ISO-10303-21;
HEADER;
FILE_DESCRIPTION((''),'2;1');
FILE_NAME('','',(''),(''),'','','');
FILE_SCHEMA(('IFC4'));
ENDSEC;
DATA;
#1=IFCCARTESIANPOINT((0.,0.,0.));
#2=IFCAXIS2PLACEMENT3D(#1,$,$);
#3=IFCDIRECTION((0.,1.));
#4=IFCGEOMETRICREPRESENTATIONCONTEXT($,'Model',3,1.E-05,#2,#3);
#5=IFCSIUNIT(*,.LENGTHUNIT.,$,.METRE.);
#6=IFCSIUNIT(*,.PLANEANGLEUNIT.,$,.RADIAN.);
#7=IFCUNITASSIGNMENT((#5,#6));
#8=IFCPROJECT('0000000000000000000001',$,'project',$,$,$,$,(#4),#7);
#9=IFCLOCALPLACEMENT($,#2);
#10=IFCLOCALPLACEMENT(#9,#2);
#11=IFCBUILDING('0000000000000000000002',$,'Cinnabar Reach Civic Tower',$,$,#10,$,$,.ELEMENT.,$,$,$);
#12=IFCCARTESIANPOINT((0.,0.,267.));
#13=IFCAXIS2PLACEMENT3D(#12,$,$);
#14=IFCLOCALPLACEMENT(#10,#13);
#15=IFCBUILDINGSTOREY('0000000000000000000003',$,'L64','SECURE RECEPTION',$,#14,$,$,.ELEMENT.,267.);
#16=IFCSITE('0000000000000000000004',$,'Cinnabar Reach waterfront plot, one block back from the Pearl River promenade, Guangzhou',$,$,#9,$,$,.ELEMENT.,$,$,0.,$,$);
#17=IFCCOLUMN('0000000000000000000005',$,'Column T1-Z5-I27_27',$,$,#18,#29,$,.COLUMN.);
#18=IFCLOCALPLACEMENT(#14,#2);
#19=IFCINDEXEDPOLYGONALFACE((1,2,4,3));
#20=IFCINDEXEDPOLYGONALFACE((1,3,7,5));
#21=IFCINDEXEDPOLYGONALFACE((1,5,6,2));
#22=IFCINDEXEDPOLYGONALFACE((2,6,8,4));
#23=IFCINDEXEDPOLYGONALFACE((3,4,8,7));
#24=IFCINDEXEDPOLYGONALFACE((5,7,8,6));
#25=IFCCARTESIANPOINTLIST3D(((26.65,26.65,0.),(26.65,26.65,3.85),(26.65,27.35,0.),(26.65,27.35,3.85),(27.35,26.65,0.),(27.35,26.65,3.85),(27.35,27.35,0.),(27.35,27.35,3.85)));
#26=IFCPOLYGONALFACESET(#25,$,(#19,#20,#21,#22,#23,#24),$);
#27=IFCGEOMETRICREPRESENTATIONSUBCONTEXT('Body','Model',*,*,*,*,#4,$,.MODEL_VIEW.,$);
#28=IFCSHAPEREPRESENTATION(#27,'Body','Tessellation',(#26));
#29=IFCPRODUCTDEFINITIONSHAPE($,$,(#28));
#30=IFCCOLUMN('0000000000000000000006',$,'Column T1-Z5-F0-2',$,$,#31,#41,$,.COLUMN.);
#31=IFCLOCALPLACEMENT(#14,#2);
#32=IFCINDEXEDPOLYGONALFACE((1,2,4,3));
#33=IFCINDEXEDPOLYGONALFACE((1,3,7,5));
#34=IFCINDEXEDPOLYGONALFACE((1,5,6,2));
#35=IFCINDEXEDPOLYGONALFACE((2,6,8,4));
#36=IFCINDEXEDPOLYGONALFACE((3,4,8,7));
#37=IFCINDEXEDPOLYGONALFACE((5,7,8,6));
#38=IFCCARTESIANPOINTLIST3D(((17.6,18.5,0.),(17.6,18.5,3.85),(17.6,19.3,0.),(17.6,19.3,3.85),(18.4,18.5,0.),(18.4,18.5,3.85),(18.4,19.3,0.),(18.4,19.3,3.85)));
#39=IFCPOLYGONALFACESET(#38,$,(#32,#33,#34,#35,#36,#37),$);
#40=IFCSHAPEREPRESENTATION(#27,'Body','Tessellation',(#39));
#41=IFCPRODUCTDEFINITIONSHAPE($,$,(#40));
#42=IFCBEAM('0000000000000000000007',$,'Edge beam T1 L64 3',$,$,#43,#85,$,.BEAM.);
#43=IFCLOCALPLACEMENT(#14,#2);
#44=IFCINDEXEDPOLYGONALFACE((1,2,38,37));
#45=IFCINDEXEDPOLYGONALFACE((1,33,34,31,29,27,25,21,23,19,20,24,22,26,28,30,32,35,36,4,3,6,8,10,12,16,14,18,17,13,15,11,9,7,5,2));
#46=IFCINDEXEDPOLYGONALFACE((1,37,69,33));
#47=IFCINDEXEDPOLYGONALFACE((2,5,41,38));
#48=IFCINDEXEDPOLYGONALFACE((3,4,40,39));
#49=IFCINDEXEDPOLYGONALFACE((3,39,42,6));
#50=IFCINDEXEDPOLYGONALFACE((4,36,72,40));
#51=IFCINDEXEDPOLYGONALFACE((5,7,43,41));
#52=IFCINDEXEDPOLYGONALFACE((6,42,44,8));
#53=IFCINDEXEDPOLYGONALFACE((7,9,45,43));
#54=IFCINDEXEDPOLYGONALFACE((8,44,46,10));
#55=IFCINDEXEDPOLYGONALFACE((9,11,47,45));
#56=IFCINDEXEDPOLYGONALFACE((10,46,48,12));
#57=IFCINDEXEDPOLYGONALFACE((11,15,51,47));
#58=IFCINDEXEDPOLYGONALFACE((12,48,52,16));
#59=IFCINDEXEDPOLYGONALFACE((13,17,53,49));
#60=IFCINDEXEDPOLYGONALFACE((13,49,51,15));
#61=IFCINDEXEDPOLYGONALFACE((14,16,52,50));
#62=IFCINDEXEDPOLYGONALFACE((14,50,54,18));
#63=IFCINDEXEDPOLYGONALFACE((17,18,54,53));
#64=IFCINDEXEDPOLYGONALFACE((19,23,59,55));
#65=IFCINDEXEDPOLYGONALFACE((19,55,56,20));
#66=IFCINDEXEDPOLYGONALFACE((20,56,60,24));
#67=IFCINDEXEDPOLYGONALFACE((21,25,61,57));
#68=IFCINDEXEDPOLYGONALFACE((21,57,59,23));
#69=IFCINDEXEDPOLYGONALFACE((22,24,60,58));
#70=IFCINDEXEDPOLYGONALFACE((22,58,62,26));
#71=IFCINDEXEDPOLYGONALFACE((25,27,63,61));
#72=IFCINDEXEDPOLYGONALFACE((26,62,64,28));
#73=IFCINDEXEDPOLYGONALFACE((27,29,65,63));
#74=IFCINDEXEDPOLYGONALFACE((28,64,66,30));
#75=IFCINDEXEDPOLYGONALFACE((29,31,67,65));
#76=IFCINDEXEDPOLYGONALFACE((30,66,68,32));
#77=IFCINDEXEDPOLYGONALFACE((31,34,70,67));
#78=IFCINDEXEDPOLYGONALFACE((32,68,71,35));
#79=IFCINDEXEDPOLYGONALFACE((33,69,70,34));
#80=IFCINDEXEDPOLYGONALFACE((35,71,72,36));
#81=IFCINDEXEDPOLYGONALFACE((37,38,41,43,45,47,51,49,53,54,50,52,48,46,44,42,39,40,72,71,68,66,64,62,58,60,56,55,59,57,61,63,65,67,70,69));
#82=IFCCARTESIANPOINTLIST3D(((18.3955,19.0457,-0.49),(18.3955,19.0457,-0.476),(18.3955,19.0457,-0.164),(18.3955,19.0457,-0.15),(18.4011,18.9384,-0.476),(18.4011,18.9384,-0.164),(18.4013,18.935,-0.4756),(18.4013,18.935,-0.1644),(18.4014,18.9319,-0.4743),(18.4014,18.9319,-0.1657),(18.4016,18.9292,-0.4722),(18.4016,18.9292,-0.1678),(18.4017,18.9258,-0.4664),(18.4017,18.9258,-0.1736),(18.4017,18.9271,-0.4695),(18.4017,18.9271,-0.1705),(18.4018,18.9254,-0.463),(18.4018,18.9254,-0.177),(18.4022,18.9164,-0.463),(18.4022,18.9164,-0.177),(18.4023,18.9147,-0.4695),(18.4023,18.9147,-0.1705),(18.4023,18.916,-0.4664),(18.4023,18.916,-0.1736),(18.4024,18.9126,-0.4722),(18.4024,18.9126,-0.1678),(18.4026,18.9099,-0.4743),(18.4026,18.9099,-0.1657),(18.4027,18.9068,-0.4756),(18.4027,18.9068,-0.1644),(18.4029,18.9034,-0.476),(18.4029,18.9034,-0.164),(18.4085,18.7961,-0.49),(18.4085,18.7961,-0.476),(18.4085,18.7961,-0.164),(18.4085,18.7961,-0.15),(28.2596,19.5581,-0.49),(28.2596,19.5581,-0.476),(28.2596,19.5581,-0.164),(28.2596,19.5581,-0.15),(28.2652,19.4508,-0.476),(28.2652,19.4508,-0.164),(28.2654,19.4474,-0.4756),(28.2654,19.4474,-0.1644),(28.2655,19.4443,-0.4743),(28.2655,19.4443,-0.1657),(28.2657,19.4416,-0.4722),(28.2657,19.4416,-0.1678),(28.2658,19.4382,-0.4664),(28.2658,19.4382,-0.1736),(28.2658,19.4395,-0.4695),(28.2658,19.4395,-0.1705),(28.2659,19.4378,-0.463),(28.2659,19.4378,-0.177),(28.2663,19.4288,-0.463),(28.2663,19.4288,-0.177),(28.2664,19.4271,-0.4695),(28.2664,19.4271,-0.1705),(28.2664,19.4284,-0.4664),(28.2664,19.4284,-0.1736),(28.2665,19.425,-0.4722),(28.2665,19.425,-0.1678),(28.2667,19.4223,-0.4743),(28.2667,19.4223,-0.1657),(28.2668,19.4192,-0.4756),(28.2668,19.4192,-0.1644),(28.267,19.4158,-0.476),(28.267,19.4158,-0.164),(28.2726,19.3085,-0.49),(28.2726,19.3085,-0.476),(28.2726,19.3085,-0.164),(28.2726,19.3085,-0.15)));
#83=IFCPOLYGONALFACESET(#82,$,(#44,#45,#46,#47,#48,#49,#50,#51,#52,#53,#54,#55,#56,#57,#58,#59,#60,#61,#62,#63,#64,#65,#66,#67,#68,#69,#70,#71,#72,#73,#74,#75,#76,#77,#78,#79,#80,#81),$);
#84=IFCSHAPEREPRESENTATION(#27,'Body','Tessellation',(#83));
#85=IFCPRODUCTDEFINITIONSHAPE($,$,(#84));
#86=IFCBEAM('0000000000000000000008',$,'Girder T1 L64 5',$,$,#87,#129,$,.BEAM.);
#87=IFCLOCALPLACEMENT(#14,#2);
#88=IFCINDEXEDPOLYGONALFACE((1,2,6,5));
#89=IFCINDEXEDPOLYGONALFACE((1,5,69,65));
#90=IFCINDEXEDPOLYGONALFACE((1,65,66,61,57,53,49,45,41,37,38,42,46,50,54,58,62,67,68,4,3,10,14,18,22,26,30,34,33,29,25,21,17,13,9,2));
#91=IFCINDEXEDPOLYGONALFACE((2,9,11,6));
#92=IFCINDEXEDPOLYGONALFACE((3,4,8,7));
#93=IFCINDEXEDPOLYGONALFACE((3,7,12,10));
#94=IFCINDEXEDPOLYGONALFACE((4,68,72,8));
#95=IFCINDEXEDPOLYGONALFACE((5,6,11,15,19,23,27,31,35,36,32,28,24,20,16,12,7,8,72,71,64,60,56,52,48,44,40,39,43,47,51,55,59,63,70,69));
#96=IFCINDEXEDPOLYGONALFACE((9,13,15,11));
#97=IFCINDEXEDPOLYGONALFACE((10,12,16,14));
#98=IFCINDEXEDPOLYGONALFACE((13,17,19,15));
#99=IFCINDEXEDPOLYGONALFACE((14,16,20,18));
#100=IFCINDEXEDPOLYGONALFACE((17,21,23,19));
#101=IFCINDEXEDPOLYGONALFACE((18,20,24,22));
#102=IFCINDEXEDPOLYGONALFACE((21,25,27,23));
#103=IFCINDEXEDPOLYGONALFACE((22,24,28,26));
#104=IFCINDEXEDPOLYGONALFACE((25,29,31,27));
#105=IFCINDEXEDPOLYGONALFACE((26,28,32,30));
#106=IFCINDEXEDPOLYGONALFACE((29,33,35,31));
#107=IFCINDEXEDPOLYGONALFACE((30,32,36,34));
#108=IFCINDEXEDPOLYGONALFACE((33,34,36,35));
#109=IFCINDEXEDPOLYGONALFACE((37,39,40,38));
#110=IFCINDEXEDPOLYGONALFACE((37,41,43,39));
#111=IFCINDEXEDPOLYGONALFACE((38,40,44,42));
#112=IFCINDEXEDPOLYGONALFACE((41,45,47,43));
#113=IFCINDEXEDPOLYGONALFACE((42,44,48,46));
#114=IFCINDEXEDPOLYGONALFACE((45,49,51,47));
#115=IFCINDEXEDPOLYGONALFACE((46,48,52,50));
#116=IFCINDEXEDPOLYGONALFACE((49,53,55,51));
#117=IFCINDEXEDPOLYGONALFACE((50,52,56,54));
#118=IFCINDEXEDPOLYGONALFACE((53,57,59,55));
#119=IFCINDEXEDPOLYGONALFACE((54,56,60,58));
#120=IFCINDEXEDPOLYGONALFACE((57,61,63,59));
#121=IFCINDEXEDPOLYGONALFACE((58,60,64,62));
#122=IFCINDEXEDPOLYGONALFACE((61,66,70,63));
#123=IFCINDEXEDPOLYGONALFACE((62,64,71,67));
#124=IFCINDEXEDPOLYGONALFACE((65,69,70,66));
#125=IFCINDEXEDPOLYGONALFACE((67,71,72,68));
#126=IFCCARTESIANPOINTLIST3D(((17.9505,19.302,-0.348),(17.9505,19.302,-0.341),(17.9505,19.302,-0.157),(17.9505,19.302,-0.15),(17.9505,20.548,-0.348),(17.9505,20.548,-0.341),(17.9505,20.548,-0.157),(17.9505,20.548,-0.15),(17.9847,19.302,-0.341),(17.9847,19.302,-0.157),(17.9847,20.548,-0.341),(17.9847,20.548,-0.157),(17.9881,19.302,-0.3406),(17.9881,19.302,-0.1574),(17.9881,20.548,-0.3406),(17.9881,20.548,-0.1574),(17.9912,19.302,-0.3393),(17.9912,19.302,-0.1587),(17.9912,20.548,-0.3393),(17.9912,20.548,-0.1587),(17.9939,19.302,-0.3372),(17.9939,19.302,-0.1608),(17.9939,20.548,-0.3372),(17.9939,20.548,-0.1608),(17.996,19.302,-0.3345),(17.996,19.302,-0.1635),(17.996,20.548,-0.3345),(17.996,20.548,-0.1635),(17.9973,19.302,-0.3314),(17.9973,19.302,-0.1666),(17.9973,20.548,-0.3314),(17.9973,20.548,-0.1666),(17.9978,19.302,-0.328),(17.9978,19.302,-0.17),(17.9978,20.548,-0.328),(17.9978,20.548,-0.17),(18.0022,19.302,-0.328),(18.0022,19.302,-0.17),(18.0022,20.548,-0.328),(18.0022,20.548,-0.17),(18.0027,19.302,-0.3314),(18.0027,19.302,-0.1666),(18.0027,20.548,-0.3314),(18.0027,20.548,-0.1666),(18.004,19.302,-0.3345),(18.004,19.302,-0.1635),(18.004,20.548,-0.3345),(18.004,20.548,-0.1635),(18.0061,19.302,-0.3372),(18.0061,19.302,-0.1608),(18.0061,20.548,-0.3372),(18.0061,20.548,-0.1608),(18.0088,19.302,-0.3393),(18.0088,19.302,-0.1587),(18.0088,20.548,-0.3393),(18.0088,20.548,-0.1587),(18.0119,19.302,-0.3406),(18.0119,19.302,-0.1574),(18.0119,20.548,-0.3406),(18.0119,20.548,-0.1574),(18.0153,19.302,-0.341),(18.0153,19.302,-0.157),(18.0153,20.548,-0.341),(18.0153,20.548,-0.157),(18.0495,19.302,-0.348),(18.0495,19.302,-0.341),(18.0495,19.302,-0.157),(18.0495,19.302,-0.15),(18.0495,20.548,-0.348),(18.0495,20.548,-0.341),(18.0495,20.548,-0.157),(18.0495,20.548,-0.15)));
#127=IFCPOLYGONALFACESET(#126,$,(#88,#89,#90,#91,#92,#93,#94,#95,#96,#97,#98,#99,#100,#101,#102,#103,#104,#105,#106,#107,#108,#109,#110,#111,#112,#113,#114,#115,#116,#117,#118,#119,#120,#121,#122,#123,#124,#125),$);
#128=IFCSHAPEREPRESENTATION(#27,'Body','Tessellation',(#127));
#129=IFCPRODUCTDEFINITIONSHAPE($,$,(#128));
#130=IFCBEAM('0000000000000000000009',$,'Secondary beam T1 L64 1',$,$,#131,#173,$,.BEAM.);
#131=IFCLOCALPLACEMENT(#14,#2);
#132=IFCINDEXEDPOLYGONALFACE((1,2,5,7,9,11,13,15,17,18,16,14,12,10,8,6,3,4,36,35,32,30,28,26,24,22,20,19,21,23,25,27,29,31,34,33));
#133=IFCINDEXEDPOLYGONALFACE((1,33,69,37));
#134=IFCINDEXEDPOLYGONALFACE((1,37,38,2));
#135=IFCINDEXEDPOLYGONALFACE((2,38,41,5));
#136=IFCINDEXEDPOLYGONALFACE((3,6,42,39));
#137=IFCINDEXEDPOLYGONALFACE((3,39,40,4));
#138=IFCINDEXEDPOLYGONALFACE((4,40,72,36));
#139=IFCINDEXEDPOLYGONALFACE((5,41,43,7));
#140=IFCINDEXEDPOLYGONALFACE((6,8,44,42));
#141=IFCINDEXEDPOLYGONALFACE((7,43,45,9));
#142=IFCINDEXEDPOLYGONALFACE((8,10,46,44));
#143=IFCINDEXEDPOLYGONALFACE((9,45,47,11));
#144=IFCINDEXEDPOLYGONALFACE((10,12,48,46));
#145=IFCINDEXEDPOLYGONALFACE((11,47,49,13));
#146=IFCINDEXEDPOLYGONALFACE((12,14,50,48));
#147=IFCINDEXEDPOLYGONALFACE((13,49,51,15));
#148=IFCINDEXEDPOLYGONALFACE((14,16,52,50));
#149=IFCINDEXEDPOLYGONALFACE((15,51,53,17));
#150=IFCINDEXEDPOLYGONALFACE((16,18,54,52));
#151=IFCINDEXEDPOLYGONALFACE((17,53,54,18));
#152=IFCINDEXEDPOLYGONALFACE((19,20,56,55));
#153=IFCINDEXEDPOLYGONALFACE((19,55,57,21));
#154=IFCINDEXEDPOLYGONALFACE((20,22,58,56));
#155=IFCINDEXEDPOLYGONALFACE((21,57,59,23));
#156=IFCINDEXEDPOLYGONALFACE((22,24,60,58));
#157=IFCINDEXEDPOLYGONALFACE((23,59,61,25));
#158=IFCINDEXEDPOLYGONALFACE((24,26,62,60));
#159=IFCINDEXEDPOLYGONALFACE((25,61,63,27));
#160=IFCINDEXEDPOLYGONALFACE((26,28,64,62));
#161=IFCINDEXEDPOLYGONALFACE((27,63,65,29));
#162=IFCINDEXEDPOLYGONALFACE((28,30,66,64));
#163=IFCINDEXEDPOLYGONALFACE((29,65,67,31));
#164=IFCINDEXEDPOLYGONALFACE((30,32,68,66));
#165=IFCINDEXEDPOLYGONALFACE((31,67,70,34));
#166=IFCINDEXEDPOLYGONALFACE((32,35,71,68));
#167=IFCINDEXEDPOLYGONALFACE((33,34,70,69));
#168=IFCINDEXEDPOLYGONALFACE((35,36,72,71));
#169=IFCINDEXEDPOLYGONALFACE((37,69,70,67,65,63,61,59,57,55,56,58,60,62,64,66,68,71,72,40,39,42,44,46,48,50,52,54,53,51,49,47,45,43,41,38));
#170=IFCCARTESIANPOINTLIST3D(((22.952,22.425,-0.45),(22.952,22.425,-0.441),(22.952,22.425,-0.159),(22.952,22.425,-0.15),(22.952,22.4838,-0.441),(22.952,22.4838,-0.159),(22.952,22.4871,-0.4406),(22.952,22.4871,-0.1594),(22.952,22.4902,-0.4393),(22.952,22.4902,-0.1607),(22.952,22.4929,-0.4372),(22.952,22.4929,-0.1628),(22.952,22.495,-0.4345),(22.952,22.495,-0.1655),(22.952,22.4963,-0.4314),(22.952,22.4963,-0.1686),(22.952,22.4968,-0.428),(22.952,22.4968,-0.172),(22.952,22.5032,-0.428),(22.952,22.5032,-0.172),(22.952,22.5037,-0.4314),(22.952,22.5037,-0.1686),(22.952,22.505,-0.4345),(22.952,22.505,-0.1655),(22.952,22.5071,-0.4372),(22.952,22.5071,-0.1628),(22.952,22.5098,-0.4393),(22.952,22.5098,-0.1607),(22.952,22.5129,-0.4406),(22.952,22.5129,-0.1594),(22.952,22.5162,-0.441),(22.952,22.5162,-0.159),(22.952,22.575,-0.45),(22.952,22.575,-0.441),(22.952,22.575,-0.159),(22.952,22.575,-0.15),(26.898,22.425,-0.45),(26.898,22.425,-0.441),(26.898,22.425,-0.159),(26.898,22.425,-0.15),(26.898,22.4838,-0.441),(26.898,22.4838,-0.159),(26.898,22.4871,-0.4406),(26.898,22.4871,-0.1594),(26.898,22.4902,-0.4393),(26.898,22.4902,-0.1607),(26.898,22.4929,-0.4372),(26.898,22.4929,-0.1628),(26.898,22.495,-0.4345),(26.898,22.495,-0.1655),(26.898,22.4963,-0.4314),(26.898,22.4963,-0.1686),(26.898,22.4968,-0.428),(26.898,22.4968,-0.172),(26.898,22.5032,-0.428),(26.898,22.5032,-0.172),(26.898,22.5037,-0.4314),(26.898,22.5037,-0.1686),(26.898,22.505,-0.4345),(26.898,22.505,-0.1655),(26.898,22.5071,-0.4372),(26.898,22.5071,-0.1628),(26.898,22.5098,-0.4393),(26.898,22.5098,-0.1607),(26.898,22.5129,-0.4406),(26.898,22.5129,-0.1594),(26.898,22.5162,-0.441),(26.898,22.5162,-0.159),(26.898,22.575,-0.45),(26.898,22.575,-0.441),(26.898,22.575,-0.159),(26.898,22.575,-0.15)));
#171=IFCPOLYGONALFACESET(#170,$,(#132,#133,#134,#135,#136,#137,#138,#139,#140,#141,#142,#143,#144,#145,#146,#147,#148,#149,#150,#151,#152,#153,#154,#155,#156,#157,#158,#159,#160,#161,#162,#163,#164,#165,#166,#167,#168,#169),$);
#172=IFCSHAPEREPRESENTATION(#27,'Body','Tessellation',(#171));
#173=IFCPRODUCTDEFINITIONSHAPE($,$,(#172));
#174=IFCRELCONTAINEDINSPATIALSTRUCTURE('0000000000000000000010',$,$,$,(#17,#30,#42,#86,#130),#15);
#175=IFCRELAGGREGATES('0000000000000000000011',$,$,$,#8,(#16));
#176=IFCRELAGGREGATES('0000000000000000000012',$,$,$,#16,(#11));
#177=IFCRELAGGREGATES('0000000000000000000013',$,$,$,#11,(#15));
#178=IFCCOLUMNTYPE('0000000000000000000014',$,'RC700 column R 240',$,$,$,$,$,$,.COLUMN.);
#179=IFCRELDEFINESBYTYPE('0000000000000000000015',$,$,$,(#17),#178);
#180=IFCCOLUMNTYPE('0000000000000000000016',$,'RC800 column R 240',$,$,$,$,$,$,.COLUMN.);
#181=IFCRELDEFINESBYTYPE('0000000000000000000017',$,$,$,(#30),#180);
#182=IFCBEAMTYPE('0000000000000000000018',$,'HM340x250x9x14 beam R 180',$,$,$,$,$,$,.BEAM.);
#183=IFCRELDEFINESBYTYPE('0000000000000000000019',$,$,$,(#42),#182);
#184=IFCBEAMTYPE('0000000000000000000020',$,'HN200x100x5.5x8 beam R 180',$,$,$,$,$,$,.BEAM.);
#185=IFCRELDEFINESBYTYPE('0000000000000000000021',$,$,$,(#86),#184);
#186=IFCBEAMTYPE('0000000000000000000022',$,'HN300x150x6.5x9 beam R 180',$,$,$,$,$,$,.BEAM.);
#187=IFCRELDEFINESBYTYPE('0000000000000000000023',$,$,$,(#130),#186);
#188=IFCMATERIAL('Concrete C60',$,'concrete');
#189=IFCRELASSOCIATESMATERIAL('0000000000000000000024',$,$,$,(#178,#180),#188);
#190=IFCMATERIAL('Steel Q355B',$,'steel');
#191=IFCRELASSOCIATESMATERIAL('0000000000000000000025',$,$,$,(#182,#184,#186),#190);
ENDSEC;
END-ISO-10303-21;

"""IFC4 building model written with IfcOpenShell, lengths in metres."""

from ifc_helpers import new_model, si_unit, direction, frame, origin, origin_2d, place, context, subcontext, project, spatial, rectangle, i_section, extrude, material, material_profile, profile_set, type_object, element, save


model = new_model("IFC4")

# Units and contexts
model_context = context("Model", 3, precision=1e-05, world=origin(), true_north=direction((0.0, 1.0)))
body_context = subcontext(model_context, "Body", "Model", "MODEL_VIEW")
ifc_project = project(units=[si_unit("LENGTHUNIT", "METRE"), si_unit("PLANEANGLEUNIT", "RADIAN")], contexts=[model_context])

# Site, building, storey
site_placement = place(None, origin())
site = spatial("IfcSite", under=ifc_project, at=site_placement, Name="Cinnabar Reach waterfront plot, one block back from the Pearl River promenade, Guangzhou", CompositionType="ELEMENT", RefElevation=0.0)
building_placement = place(site_placement, origin())
building = spatial("IfcBuilding", under=site, at=building_placement, Name="Cinnabar Reach Civic Tower", CompositionType="ELEMENT")
storey_placement = place(building_placement, frame((0.0, 0.0, 267.0)))
storey = spatial("IfcBuildingStorey", under=building, at=storey_placement, Name="L64", Description="SECURE RECEPTION", CompositionType="ELEMENT", Elevation=267.0)

# Columns
ifc_material_1 = material(Name="Concrete C60", Category="concrete")
ifc_material_profile_1 = material_profile(ifc_material_1, rectangle(XDim=0.7, YDim=0.7, at=origin_2d()), Name="RC700")
ifc_profile_set_1 = profile_set([ifc_material_profile_1], Name="Concrete C60")
column_type_1 = type_object("IfcColumnType", Name="RC700 column R 240", PredefinedType="COLUMN", material=ifc_profile_set_1)
column_1_placement = place(storey_placement, frame((27.0, 27.0, 0.0), z_axis=(0.0, 0.0, 1.0), x_axis=(1.0, 0.0, 0.0)))
element("IfcColumn", 1, at=column_1_placement, inside=storey, type_object=column_type_1, Name="Column T1-Z5-I27_27", PredefinedType="COLUMN", context=body_context, shape_type="SweptSolid", body=[
    extrude(rectangle(XDim=0.7, YDim=0.7, at=origin_2d()), origin(), (0.0, 0.0, 1.0), 3.85),
])
ifc_material_profile_2 = material_profile(ifc_material_1, rectangle(XDim=0.8, YDim=0.8, at=origin_2d()), Name="RC800")
ifc_profile_set_2 = profile_set([ifc_material_profile_2], Name="Concrete C60")
column_type_2 = type_object("IfcColumnType", Name="RC800 column R 240", PredefinedType="COLUMN", material=ifc_profile_set_2)
column_2_placement = place(storey_placement, frame((18.0, 18.9, 0.0), z_axis=(0.0, 0.0, 1.0), x_axis=(1.0, 0.0, 0.0)))
element("IfcColumn", 2, at=column_2_placement, inside=storey, type_object=column_type_2, Name="Column T1-Z5-F0-2", PredefinedType="COLUMN", context=body_context, shape_type="SweptSolid", body=[
    extrude(rectangle(XDim=0.8, YDim=0.8, at=origin_2d()), origin(), (0.0, 0.0, 1.0), 3.85),
])

# Beams
ifc_material_2 = material(Name="Steel Q355B", Category="steel")
ifc_material_profile_3 = material_profile(ifc_material_2, i_section(OverallWidth=0.25, OverallDepth=0.34, WebThickness=0.009, FlangeThickness=0.014, FilletRadius=0.013, at=origin_2d()), Name="HM340x250x9x14")
ifc_profile_set_3 = profile_set([ifc_material_profile_3], Name="Steel Q355B")
beam_type_1 = type_object("IfcBeamType", Name="HM340x250x9x14 beam R 180", PredefinedType="BEAM", material=ifc_profile_set_3)
beam_1_placement = place(storey_placement, frame((18.402, 18.9209, -0.32), z_axis=(0.998654, 0.051876, 0.0), x_axis=(-0.051876, 0.998654, 0.0)))
element("IfcBeam", 3, at=beam_1_placement, inside=storey, type_object=beam_type_1, Name="Edge beam T1 L64 3", PredefinedType="BEAM", context=body_context, shape_type="SweptSolid", body=[
    extrude(i_section(OverallWidth=0.25, OverallDepth=0.34, WebThickness=0.009, FlangeThickness=0.014, FilletRadius=0.013, at=origin_2d()), origin(), (0.0, 0.0, 1.0), 9.8774),
])
ifc_material_profile_4 = material_profile(ifc_material_2, i_section(OverallWidth=0.099, OverallDepth=0.198, WebThickness=0.0045, FlangeThickness=0.007, FilletRadius=0.013, at=origin_2d()), Name="HN200x100x5.5x8")
ifc_profile_set_4 = profile_set([ifc_material_profile_4], Name="Steel Q355B")
beam_type_2 = type_object("IfcBeamType", Name="HN200x100x5.5x8 beam R 180", PredefinedType="BEAM", material=ifc_profile_set_4)
beam_2_placement = place(storey_placement, frame((18.0, 19.302, -0.249), z_axis=(0.0, 1.0, 0.0), x_axis=(-1.0, 0.0, 0.0)))
element("IfcBeam", 4, at=beam_2_placement, inside=storey, type_object=beam_type_2, Name="Girder T1 L64 5", PredefinedType="BEAM", context=body_context, shape_type="SweptSolid", body=[
    extrude(i_section(OverallWidth=0.099, OverallDepth=0.198, WebThickness=0.0045, FlangeThickness=0.007, FilletRadius=0.013, at=origin_2d()), origin(), (0.0, 0.0, 1.0), 1.246),
])
ifc_material_profile_5 = material_profile(ifc_material_2, i_section(OverallWidth=0.15, OverallDepth=0.3, WebThickness=0.0065, FlangeThickness=0.009, FilletRadius=0.013, at=origin_2d()), Name="HN300x150x6.5x9")
ifc_profile_set_5 = profile_set([ifc_material_profile_5], Name="Steel Q355B")
beam_type_3 = type_object("IfcBeamType", Name="HN300x150x6.5x9 beam R 180", PredefinedType="BEAM", material=ifc_profile_set_5)
beam_3_placement = place(storey_placement, frame((22.952, 22.5, -0.3), z_axis=(1.0, 0.0, 0.0), x_axis=(0.0, 1.0, 0.0)))
element("IfcBeam", 5, at=beam_3_placement, inside=storey, type_object=beam_type_3, Name="Secondary beam T1 L64 1", PredefinedType="BEAM", context=body_context, shape_type="SweptSolid", body=[
    extrude(i_section(OverallWidth=0.15, OverallDepth=0.3, WebThickness=0.0065, FlangeThickness=0.009, FilletRadius=0.013, at=origin_2d()), origin(), (0.0, 0.0, 1.0), 3.946),
])

save(model, "model.ifc")
